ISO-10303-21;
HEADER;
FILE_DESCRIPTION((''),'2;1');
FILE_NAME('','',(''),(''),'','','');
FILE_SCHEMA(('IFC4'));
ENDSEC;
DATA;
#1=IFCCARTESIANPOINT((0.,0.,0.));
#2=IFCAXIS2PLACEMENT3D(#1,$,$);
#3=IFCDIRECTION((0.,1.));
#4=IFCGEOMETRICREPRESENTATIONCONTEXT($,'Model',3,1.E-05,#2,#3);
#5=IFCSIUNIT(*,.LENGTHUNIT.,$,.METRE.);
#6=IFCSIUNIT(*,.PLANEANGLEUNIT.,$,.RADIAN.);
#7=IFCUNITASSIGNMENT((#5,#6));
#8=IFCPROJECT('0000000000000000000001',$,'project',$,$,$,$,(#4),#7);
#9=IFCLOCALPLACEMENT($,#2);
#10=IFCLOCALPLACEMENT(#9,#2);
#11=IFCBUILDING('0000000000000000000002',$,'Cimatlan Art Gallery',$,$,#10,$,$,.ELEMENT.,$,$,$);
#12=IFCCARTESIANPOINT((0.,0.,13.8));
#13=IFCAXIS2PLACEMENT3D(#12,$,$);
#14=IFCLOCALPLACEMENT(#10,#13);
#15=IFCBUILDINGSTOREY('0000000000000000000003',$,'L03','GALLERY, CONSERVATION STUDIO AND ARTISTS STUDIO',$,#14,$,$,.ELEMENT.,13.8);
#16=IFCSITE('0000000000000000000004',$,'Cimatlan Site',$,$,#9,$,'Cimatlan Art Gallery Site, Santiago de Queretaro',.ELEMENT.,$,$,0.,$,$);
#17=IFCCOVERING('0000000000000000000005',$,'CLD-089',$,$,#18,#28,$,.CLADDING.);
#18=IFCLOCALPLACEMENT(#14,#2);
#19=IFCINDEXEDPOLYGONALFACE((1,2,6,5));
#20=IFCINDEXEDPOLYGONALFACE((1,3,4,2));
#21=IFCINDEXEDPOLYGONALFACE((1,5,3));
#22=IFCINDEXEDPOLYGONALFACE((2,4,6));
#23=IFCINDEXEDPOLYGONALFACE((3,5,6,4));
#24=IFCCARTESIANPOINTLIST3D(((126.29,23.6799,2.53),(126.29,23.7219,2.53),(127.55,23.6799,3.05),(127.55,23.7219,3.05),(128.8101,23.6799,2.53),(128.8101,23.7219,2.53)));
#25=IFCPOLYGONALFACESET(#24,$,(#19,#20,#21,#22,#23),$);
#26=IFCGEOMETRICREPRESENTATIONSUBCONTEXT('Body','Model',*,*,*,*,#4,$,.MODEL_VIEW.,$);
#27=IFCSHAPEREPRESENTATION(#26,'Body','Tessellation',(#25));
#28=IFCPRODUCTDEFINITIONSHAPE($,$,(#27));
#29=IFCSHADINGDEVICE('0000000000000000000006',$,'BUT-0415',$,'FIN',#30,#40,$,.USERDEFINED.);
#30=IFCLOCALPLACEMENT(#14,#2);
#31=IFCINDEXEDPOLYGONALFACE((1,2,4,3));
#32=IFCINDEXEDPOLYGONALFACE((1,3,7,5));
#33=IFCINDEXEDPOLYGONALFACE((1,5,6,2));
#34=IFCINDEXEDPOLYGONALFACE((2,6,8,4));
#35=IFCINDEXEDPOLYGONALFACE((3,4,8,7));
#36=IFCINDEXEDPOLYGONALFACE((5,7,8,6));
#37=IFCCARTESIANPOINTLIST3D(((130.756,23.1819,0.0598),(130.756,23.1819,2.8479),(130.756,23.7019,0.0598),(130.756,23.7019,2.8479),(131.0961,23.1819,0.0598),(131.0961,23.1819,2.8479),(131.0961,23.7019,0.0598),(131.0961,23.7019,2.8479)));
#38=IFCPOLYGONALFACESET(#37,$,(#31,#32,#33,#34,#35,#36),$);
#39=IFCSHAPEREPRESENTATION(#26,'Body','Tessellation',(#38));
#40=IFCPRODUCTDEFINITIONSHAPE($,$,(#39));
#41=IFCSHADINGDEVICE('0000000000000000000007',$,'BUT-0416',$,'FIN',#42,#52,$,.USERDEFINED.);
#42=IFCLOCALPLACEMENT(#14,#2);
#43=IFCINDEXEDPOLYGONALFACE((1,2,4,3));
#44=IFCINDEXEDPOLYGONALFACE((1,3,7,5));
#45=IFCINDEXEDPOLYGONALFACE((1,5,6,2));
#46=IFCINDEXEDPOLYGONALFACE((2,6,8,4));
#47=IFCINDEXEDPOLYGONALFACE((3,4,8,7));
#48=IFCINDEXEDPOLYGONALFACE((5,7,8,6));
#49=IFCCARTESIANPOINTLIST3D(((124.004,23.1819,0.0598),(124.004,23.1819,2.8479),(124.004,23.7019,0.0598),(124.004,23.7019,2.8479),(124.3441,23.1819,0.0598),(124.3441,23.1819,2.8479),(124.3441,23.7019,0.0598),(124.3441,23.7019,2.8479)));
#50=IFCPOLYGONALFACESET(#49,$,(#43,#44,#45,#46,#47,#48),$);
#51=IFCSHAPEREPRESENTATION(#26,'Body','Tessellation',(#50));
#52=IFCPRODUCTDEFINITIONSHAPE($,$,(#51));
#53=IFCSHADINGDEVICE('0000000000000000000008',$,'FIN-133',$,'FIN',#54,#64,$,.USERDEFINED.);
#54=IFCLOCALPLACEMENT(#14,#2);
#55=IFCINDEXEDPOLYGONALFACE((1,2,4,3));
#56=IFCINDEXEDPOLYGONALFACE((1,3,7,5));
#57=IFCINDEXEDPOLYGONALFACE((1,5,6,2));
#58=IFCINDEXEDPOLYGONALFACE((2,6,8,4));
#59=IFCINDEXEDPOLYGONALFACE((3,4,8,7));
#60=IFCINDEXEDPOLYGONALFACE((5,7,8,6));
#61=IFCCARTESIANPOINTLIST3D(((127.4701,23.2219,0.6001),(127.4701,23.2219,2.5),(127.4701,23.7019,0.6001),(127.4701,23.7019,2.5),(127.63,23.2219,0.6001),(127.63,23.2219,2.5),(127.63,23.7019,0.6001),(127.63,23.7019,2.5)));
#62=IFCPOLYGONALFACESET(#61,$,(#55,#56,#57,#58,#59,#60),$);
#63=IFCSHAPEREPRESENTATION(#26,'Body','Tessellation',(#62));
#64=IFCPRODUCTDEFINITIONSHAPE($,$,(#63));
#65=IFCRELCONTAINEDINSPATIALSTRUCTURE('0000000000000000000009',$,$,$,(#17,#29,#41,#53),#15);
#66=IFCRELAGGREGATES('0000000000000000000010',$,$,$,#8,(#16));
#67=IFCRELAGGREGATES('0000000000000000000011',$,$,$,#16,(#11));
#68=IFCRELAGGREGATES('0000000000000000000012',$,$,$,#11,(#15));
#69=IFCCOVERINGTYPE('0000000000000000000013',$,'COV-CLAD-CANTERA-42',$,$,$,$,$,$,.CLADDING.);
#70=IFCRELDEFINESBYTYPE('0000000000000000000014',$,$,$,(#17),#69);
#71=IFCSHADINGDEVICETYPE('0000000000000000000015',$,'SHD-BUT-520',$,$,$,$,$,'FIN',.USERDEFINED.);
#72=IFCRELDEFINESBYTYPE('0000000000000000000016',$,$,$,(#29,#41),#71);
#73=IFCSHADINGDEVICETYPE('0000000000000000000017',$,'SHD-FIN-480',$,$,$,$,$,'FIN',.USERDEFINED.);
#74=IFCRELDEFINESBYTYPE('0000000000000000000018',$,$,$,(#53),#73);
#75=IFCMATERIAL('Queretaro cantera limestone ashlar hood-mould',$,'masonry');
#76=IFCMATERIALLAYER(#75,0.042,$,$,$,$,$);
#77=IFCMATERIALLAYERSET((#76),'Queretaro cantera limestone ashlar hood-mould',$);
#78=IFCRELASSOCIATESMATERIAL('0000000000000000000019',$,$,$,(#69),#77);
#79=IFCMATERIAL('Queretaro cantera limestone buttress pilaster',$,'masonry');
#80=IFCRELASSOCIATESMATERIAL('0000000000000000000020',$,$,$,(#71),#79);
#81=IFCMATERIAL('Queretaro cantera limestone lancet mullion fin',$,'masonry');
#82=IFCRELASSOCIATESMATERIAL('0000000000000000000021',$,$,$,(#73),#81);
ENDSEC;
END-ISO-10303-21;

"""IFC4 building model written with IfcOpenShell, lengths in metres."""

from ifc_helpers import new_model, si_unit, direction, frame, origin, origin_2d, place, context, subcontext, project, spatial, polyline, rectangle, outline, extrude, material, layer, layer_set, type_object, element, save


model = new_model("IFC4")

# Units and contexts
model_context = context("Model", 3, precision=1e-05, world=origin(), true_north=direction((0.0, 1.0)))
body_context = subcontext(model_context, "Body", "Model", "MODEL_VIEW")
ifc_project = project(units=[si_unit("LENGTHUNIT", "METRE"), si_unit("PLANEANGLEUNIT", "RADIAN")], contexts=[model_context])

# Site, building, storey
site_placement = place(None, origin())
site = spatial("IfcSite", under=ifc_project, at=site_placement, Name="Cimatlan Site", LongName="Cimatlan Art Gallery Site, Santiago de Queretaro", CompositionType="ELEMENT", RefElevation=0.0)
building_placement = place(site_placement, origin())
building = spatial("IfcBuilding", under=site, at=building_placement, Name="Cimatlan Art Gallery", CompositionType="ELEMENT")
storey_placement = place(building_placement, frame((0.0, 0.0, 13.8)))
storey = spatial("IfcBuildingStorey", under=building, at=storey_placement, Name="L03", Description="GALLERY, CONSERVATION STUDIO AND ARTISTS STUDIO", CompositionType="ELEMENT", Elevation=13.8)

# Covering
ifc_material_1 = material(Name="Queretaro cantera limestone ashlar hood-mould", Category="masonry")
ifc_layer_1 = layer(ifc_material_1, 0.042)
ifc_layer_set_1 = layer_set([ifc_layer_1], Name="Queretaro cantera limestone ashlar hood-mould")
covering_type = type_object("IfcCoveringType", Name="COV-CLAD-CANTERA-42", PredefinedType="CLADDING", material=ifc_layer_set_1)
covering_placement = place(storey_placement, frame((128.8101, 23.7219, 2.53), z_axis=(0.0, 1.0, 0.0), x_axis=(-1.0, 0.0, 0.0)))
element("IfcCovering", 1, at=covering_placement, inside=storey, type_object=covering_type, Name="CLD-089", PredefinedType="CLADDING", context=body_context, shape_type="SweptSolid", body=[
    extrude(outline(polyline([(0.0, 0.0), (2.52, 0.0), (1.26, 0.52), (0.0, 0.0)])), origin(), (0.0, 0.0, -1.0), 0.042),
])

# Shading devices
ifc_material_2 = material(Name="Queretaro cantera limestone buttress pilaster", Category="masonry")
shading_device_type_1 = type_object("IfcShadingDeviceType", Name="SHD-BUT-520", ElementType="FIN", PredefinedType="USERDEFINED", material=ifc_material_2)
for number, where, z_axis, x_axis, name in (
    (2, (130.926, 23.4419, 0.0598), (0.0, 0.0, 1.0), (-1.0, 0.0, 0.0), "BUT-0415"),
    (3, (124.1741, 23.4419, 0.0598), (0.0, 0.0, 1.0), (-1.0, 0.0, 0.0), "BUT-0416"),
):
    element("IfcShadingDevice", number, at=place(storey_placement, frame(where, z_axis=z_axis, x_axis=x_axis)), inside=storey, type_object=shading_device_type_1, Name=name, ObjectType="FIN", PredefinedType="USERDEFINED", context=body_context, shape_type="SweptSolid", body=[
        extrude(rectangle(XDim=0.3401, YDim=0.52, at=origin_2d()), origin(), (0.0, 0.0, 1.0), 2.7881),
    ])
ifc_material_3 = material(Name="Queretaro cantera limestone lancet mullion fin", Category="masonry")
shading_device_type_2 = type_object("IfcShadingDeviceType", Name="SHD-FIN-480", ElementType="FIN", PredefinedType="USERDEFINED", material=ifc_material_3)
shading_device_placement = place(storey_placement, frame((127.55, 23.4619, 0.6001), z_axis=(0.0, 0.0, 1.0), x_axis=(-1.0, 0.0, 0.0)))
element("IfcShadingDevice", 4, at=shading_device_placement, inside=storey, type_object=shading_device_type_2, Name="FIN-133", ObjectType="FIN", PredefinedType="USERDEFINED", context=body_context, shape_type="SweptSolid", body=[
    extrude(rectangle(XDim=0.1599, YDim=0.48, at=origin_2d()), origin(), (0.0, 0.0, 1.0), 1.8999),
])

save(model, "model.ifc")
